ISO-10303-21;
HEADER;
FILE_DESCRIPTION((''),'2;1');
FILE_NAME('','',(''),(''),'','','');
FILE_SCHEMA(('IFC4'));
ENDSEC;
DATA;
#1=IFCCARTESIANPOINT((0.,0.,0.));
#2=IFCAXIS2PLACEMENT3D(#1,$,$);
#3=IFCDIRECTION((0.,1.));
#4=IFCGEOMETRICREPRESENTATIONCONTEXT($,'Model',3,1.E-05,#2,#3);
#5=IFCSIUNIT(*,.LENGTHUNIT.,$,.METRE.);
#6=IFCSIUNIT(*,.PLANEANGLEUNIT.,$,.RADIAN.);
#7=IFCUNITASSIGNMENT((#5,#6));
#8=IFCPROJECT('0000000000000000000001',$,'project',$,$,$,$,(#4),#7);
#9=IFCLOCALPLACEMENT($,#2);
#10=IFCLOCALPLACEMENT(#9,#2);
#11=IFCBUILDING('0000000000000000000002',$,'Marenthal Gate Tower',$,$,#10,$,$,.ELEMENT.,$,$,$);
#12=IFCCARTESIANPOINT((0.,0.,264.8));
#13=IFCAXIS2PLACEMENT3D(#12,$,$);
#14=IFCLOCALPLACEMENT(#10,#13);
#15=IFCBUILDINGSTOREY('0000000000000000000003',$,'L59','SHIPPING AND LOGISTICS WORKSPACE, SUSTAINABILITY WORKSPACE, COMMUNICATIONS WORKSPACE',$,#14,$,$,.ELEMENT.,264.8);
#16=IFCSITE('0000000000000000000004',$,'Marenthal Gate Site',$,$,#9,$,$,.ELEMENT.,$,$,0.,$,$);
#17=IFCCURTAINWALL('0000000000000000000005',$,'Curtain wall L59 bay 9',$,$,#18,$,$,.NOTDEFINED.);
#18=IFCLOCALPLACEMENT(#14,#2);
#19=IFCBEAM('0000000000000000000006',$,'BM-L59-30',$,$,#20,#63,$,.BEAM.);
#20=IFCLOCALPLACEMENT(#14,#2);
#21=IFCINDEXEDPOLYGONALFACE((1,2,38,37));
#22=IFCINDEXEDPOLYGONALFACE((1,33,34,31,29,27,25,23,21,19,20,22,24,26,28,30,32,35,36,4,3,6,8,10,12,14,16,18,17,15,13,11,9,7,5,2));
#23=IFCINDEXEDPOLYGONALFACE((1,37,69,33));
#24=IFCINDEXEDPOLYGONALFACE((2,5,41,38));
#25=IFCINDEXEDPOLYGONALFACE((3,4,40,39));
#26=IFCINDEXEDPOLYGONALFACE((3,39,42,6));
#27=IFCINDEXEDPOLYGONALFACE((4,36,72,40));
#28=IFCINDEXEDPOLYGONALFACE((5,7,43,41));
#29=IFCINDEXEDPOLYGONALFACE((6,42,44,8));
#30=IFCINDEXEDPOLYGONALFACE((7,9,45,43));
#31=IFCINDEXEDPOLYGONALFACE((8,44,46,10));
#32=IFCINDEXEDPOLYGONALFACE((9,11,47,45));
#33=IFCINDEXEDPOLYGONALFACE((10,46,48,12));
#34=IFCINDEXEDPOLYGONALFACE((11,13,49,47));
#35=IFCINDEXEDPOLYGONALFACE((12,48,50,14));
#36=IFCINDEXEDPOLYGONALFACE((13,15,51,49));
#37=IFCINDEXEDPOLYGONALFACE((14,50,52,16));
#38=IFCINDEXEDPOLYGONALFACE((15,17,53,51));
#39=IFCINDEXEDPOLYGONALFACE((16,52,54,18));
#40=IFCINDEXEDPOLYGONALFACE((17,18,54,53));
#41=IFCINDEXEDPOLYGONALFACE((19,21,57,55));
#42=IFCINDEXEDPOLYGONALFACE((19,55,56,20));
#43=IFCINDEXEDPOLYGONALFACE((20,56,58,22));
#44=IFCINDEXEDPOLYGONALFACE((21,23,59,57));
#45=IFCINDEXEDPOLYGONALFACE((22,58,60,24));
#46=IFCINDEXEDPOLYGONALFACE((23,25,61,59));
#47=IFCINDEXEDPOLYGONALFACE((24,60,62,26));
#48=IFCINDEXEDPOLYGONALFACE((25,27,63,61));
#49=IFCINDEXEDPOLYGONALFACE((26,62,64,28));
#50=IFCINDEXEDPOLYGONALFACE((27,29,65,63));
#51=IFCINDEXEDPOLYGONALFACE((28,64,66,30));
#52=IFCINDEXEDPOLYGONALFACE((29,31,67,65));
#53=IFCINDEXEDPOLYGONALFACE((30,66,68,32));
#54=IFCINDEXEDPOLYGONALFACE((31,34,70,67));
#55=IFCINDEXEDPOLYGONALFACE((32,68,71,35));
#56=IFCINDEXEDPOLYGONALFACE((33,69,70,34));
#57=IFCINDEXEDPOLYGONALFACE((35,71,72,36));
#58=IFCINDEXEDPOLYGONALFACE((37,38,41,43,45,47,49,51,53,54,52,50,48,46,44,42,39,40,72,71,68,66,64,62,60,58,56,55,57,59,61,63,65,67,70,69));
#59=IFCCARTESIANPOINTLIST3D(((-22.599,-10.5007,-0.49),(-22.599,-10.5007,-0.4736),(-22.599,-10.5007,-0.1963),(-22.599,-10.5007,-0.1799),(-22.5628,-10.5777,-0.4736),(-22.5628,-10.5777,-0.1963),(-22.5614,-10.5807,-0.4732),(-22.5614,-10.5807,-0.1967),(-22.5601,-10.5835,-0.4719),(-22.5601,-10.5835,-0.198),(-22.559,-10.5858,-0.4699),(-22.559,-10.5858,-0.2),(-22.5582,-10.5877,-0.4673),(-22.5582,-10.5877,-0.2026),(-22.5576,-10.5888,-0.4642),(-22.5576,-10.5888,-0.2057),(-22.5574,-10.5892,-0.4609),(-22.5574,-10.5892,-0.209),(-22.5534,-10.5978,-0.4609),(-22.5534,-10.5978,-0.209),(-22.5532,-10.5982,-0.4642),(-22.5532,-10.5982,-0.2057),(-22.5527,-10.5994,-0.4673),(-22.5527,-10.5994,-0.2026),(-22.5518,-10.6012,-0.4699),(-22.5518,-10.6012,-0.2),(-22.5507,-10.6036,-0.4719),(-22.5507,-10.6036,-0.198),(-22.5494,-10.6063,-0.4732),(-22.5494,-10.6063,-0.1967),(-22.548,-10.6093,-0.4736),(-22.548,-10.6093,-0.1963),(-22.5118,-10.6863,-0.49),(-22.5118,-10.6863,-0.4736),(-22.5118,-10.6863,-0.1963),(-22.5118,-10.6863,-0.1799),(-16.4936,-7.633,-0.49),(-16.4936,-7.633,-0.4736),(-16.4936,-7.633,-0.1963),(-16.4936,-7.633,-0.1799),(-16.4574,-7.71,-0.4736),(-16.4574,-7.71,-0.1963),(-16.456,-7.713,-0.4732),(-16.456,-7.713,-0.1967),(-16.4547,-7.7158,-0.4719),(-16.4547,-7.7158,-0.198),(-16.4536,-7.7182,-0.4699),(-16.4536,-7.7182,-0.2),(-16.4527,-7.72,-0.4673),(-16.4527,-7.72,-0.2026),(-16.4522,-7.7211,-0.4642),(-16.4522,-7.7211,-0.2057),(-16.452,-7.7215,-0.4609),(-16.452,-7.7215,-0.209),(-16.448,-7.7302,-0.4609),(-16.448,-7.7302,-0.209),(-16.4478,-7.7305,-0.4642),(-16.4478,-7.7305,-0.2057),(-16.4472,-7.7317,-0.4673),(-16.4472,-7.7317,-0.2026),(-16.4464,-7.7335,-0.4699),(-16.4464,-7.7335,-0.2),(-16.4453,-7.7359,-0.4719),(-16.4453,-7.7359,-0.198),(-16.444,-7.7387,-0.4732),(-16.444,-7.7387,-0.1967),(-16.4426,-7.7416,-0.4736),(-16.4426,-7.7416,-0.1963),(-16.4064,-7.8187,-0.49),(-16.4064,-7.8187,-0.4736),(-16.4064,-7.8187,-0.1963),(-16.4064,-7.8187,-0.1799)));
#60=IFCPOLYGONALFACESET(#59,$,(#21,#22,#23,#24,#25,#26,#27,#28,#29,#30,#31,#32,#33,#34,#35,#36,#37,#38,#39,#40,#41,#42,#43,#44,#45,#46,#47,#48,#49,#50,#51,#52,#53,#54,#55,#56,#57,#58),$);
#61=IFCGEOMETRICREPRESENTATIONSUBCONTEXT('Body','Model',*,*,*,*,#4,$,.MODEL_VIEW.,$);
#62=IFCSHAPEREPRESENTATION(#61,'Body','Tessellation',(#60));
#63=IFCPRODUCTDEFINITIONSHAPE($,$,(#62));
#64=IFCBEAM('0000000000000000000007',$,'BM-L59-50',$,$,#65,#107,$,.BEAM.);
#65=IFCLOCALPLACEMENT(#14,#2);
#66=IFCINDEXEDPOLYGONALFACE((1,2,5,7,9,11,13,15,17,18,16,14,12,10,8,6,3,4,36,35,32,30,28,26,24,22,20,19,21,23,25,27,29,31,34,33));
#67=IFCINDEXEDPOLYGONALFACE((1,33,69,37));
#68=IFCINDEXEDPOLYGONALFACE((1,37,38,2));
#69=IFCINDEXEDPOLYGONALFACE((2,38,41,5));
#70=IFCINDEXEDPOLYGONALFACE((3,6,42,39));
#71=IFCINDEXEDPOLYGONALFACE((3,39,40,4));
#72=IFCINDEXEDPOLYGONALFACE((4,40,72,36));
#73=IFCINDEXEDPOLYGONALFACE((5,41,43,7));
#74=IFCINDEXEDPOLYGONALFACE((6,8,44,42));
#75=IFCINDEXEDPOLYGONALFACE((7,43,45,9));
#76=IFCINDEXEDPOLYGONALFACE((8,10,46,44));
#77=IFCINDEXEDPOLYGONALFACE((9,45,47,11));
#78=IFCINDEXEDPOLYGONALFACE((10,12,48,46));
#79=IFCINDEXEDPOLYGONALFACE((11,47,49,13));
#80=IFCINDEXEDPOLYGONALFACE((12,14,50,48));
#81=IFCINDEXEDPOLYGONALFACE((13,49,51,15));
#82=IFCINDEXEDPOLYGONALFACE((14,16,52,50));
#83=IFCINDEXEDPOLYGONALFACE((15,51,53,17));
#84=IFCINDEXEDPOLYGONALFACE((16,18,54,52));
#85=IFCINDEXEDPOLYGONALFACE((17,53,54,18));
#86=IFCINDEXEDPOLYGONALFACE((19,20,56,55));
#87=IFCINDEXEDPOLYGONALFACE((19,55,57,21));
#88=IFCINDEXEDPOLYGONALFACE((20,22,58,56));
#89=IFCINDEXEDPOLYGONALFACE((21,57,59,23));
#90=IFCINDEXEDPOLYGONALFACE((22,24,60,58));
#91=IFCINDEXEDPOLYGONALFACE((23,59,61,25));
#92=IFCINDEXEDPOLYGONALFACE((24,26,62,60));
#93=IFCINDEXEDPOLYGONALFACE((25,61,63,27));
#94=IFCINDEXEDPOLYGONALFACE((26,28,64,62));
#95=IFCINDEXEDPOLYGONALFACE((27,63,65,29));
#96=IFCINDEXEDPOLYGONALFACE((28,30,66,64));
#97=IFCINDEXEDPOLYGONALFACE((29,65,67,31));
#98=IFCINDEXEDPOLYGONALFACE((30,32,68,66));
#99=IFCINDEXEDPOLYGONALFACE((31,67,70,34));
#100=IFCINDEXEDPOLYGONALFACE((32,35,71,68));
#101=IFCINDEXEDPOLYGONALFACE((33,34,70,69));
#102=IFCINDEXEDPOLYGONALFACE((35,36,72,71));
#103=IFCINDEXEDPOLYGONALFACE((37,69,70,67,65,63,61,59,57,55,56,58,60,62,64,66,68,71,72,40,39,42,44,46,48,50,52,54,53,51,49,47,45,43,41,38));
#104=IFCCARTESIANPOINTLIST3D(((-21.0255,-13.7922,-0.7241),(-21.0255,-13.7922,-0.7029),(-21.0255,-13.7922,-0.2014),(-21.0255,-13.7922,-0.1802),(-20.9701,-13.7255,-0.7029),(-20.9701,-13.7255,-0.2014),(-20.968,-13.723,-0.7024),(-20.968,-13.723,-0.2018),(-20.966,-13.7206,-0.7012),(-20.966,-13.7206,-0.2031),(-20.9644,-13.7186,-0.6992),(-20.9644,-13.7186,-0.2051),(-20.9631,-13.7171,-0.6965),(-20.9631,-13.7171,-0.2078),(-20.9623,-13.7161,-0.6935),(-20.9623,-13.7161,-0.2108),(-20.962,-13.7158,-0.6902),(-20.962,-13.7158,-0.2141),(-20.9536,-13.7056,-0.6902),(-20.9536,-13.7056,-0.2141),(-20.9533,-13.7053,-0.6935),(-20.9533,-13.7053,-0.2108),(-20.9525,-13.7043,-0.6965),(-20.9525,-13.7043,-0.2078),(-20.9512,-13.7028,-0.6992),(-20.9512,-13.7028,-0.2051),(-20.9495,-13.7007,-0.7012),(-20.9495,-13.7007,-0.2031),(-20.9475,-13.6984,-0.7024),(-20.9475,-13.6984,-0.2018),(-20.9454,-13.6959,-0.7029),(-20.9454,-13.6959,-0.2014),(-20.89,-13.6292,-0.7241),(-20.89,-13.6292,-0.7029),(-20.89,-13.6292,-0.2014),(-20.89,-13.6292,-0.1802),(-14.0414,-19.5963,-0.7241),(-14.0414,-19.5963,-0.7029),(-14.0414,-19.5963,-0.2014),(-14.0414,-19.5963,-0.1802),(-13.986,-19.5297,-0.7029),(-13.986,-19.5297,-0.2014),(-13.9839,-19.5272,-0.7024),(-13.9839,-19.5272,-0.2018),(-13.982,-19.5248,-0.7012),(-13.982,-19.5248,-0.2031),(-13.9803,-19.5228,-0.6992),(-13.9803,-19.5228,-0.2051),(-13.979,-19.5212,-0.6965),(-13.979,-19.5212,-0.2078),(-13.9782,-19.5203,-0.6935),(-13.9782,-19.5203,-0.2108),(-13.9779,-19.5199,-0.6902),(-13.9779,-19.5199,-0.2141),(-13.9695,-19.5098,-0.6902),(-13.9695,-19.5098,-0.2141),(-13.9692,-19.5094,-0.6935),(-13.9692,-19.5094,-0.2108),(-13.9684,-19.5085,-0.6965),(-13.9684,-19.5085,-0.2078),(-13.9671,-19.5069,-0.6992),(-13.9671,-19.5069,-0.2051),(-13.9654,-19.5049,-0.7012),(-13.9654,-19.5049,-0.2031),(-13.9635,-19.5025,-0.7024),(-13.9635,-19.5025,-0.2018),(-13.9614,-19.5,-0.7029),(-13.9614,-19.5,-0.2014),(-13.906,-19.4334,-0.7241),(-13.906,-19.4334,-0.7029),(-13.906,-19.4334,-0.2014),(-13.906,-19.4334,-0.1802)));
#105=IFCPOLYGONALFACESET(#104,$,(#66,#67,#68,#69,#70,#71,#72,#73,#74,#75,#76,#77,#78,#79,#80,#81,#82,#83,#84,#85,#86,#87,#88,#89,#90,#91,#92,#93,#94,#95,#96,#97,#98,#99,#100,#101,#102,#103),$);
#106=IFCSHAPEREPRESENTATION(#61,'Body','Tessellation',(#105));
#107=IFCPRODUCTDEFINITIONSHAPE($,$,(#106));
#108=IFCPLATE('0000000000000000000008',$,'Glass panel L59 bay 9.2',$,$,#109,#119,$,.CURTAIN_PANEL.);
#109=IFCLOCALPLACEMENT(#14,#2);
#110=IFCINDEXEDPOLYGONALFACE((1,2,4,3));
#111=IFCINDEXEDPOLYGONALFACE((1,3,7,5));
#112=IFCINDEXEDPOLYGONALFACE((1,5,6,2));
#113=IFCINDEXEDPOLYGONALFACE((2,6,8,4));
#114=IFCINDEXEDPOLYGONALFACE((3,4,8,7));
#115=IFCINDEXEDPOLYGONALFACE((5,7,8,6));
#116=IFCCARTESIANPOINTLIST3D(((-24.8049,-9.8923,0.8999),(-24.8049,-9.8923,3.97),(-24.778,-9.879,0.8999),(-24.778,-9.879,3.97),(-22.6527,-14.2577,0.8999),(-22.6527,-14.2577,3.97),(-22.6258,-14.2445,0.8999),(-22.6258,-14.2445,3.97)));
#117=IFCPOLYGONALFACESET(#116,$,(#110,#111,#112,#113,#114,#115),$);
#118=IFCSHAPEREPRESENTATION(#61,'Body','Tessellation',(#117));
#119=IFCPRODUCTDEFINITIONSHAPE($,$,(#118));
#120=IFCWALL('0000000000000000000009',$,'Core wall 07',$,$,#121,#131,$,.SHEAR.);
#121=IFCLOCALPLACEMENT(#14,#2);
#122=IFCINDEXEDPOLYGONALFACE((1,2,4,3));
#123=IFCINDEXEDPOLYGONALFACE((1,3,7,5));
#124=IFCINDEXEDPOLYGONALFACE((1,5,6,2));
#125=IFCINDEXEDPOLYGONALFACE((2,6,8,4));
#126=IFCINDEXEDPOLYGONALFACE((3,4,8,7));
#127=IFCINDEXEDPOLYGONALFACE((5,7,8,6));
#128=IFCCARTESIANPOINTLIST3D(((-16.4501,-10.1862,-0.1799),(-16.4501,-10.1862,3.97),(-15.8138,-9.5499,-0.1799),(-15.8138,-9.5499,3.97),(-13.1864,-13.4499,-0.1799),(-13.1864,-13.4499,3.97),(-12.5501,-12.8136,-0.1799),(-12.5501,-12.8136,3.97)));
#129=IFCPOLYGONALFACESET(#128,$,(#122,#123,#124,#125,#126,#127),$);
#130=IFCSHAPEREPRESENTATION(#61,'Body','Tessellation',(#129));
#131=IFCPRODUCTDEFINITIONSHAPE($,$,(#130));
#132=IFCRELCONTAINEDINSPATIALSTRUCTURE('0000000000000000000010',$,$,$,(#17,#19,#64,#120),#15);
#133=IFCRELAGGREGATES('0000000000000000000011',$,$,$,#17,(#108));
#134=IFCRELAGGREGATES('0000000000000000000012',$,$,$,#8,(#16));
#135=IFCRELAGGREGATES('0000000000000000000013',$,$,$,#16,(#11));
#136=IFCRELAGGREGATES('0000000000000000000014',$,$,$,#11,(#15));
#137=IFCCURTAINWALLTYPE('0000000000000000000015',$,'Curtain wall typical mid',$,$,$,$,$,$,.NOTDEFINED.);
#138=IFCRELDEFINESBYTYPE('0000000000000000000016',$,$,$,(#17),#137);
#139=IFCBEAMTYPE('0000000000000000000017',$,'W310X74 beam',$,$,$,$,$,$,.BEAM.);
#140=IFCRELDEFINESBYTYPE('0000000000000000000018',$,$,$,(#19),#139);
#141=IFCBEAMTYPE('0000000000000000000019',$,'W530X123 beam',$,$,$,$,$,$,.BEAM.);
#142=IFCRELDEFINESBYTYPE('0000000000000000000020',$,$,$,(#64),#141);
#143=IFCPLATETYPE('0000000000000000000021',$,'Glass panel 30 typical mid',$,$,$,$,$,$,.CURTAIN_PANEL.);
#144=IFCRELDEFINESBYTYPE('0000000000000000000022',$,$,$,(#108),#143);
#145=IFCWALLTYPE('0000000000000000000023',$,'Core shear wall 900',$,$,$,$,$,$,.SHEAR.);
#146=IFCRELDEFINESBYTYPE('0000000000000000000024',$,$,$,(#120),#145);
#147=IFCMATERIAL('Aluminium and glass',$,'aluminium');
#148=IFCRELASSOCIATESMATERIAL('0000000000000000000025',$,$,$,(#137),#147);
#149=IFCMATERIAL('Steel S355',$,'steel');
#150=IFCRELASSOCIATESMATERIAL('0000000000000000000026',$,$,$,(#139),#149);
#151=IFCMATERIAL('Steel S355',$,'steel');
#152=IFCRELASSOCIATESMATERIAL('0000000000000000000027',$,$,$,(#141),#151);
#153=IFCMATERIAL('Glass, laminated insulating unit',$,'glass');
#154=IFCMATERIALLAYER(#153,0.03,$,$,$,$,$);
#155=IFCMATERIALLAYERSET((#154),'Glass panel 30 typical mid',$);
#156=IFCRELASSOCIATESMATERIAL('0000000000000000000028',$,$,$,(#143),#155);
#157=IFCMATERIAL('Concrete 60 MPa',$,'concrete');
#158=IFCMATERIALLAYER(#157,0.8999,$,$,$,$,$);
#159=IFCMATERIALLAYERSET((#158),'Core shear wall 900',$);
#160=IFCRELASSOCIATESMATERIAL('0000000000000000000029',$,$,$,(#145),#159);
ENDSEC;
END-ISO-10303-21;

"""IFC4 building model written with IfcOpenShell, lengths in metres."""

from ifc_helpers import new_model, si_unit, direction, frame, frame_2d, origin, origin_2d, place, context, subcontext, project, spatial, rectangle, i_section, extrude, material, layer, layer_set, material_profile, profile_set, type_object, element, aggregate, save


model = new_model("IFC4")

# Units and contexts
model_context = context("Model", 3, precision=1e-05, world=origin(), true_north=direction((0.0, 1.0)))
body_context = subcontext(model_context, "Body", "Model", "MODEL_VIEW")
ifc_project = project(units=[si_unit("LENGTHUNIT", "METRE"), si_unit("PLANEANGLEUNIT", "RADIAN")], contexts=[model_context])

# Site, building, storey
site_placement = place(None, origin())
site = spatial("IfcSite", under=ifc_project, at=site_placement, Name="Marenthal Gate Site", CompositionType="ELEMENT", RefElevation=0.0)
building_placement = place(site_placement, origin())
building = spatial("IfcBuilding", under=site, at=building_placement, Name="Marenthal Gate Tower", CompositionType="ELEMENT")
storey_placement = place(building_placement, frame((0.0, 0.0, 264.8)))
storey = spatial("IfcBuildingStorey", under=building, at=storey_placement, Name="L59", Description="SHIPPING AND LOGISTICS WORKSPACE, SUSTAINABILITY WORKSPACE, COMMUNICATIONS WORKSPACE", CompositionType="ELEMENT", Elevation=264.8)

# Curtain wall
ifc_material_1 = material(Name="Aluminium and glass", Category="aluminium")
curtain_wall_type = type_object("IfcCurtainWallType", Name="Curtain wall typical mid", PredefinedType="NOTDEFINED", material=ifc_material_1)
curtain_wall_1_placement = place(storey_placement, origin())
curtain_wall_1 = element("IfcCurtainWall", 1, at=curtain_wall_1_placement, inside=storey, type_object=curtain_wall_type, Name="Curtain wall L59 bay 9", PredefinedType="NOTDEFINED")

# Beams
ifc_material_2 = material(Name="Steel S355", Category="steel")
ifc_material_profile_1 = material_profile(ifc_material_2, i_section(OverallWidth=0.2051, OverallDepth=0.3101, WebThickness=0.0095, FlangeThickness=0.0164, FilletRadius=0.0127, at=origin_2d()), Name="W310X74")
ifc_profile_set_1 = profile_set([ifc_material_profile_1], Name="Steel S355")
beam_type_1 = type_object("IfcBeamType", Name="W310X74 beam", PredefinedType="BEAM", material=ifc_profile_set_1)
beam_1_placement = place(storey_placement, frame((-22.5554, -10.5935, -0.335), z_axis=(0.905132, 0.425131, 0.0), x_axis=(-0.425131, 0.905132, 0.0)))
element("IfcBeam", 2, at=beam_1_placement, inside=storey, type_object=beam_type_1, Name="BM-L59-30", PredefinedType="BEAM", context=body_context, shape_type="SweptSolid", body=[
    extrude(i_section(OverallWidth=0.2051, OverallDepth=0.3101, WebThickness=0.0095, FlangeThickness=0.0164, FilletRadius=0.0127, at=origin_2d()), origin(), (0.0, 0.0, 1.0), 6.7454),
])
ifc_material_3 = material(Name="Steel S355", Category="steel")
ifc_material_profile_2 = material_profile(ifc_material_3, i_section(OverallWidth=0.2119, OverallDepth=0.5439, WebThickness=0.0132, FlangeThickness=0.0212, FilletRadius=0.0127, at=origin_2d()), Name="W530X123")
ifc_profile_set_2 = profile_set([ifc_material_profile_2], Name="Steel S355")
beam_type_2 = type_object("IfcBeamType", Name="W530X123 beam", PredefinedType="BEAM", material=ifc_profile_set_2)
beam_2_placement = place(storey_placement, frame((-20.9578, -13.7107, -0.4521), z_axis=(0.769082, -0.63915, 0.0), x_axis=(0.63915, 0.769082, 0.0)))
element("IfcBeam", 3, at=beam_2_placement, inside=storey, type_object=beam_type_2, Name="BM-L59-50", PredefinedType="BEAM", context=body_context, shape_type="SweptSolid", body=[
    extrude(i_section(OverallWidth=0.2119, OverallDepth=0.5439, WebThickness=0.0132, FlangeThickness=0.0212, FilletRadius=0.0127, at=origin_2d()), origin(), (0.0, 0.0, 1.0), 9.0811),
])

# Plate
ifc_material_4 = material(Name="Glass, laminated insulating unit", Category="glass")
ifc_layer_1 = layer(ifc_material_4, 0.03)
ifc_layer_set_1 = layer_set([ifc_layer_1], Name="Glass panel 30 typical mid")
plate_type = type_object("IfcPlateType", Name="Glass panel 30 typical mid", PredefinedType="CURTAIN_PANEL", material=ifc_layer_set_1)
plate_placement = place(storey_placement, frame((-23.7153, -12.0684, 0.8999), z_axis=(0.0, 0.0, 1.0), x_axis=(0.442192, -0.896921, 0.0)))
plate = element("IfcPlate", 4, at=plate_placement, type_object=plate_type, Name="Glass panel L59 bay 9.2", PredefinedType="CURTAIN_PANEL", context=body_context, shape_type="SweptSolid", body=[
    extrude(rectangle(XDim=4.8672, YDim=0.03, at=origin_2d()), origin(), (0.0, 0.0, 1.0), 3.0701),
])
aggregate(curtain_wall_1, [plate])

# Wall
ifc_material_5 = material(Name="Concrete 60 MPa", Category="concrete")
ifc_layer_2 = layer(ifc_material_5, 0.8999)
ifc_layer_set_2 = layer_set([ifc_layer_2], Name="Core shear wall 900")
wall_type_1 = type_object("IfcWallType", Name="Core shear wall 900", PredefinedType="SHEAR", material=ifc_layer_set_2)
wall_1_placement = place(storey_placement, frame((-16.1318, -9.8682, -0.1799), z_axis=(0.0, 0.0, 1.0), x_axis=(0.707107, -0.707107, 0.0)))
element("IfcWall", 5, at=wall_1_placement, inside=storey, type_object=wall_type_1, Name="Core wall 07", PredefinedType="SHEAR", context=body_context, shape_type="SweptSolid", body=[
    extrude(rectangle(XDim=4.6155, YDim=0.8999, at=frame_2d((2.3076, 0.0))), origin(), (0.0, 0.0, 1.0), 4.1499),
])

save(model, "model.ifc")
